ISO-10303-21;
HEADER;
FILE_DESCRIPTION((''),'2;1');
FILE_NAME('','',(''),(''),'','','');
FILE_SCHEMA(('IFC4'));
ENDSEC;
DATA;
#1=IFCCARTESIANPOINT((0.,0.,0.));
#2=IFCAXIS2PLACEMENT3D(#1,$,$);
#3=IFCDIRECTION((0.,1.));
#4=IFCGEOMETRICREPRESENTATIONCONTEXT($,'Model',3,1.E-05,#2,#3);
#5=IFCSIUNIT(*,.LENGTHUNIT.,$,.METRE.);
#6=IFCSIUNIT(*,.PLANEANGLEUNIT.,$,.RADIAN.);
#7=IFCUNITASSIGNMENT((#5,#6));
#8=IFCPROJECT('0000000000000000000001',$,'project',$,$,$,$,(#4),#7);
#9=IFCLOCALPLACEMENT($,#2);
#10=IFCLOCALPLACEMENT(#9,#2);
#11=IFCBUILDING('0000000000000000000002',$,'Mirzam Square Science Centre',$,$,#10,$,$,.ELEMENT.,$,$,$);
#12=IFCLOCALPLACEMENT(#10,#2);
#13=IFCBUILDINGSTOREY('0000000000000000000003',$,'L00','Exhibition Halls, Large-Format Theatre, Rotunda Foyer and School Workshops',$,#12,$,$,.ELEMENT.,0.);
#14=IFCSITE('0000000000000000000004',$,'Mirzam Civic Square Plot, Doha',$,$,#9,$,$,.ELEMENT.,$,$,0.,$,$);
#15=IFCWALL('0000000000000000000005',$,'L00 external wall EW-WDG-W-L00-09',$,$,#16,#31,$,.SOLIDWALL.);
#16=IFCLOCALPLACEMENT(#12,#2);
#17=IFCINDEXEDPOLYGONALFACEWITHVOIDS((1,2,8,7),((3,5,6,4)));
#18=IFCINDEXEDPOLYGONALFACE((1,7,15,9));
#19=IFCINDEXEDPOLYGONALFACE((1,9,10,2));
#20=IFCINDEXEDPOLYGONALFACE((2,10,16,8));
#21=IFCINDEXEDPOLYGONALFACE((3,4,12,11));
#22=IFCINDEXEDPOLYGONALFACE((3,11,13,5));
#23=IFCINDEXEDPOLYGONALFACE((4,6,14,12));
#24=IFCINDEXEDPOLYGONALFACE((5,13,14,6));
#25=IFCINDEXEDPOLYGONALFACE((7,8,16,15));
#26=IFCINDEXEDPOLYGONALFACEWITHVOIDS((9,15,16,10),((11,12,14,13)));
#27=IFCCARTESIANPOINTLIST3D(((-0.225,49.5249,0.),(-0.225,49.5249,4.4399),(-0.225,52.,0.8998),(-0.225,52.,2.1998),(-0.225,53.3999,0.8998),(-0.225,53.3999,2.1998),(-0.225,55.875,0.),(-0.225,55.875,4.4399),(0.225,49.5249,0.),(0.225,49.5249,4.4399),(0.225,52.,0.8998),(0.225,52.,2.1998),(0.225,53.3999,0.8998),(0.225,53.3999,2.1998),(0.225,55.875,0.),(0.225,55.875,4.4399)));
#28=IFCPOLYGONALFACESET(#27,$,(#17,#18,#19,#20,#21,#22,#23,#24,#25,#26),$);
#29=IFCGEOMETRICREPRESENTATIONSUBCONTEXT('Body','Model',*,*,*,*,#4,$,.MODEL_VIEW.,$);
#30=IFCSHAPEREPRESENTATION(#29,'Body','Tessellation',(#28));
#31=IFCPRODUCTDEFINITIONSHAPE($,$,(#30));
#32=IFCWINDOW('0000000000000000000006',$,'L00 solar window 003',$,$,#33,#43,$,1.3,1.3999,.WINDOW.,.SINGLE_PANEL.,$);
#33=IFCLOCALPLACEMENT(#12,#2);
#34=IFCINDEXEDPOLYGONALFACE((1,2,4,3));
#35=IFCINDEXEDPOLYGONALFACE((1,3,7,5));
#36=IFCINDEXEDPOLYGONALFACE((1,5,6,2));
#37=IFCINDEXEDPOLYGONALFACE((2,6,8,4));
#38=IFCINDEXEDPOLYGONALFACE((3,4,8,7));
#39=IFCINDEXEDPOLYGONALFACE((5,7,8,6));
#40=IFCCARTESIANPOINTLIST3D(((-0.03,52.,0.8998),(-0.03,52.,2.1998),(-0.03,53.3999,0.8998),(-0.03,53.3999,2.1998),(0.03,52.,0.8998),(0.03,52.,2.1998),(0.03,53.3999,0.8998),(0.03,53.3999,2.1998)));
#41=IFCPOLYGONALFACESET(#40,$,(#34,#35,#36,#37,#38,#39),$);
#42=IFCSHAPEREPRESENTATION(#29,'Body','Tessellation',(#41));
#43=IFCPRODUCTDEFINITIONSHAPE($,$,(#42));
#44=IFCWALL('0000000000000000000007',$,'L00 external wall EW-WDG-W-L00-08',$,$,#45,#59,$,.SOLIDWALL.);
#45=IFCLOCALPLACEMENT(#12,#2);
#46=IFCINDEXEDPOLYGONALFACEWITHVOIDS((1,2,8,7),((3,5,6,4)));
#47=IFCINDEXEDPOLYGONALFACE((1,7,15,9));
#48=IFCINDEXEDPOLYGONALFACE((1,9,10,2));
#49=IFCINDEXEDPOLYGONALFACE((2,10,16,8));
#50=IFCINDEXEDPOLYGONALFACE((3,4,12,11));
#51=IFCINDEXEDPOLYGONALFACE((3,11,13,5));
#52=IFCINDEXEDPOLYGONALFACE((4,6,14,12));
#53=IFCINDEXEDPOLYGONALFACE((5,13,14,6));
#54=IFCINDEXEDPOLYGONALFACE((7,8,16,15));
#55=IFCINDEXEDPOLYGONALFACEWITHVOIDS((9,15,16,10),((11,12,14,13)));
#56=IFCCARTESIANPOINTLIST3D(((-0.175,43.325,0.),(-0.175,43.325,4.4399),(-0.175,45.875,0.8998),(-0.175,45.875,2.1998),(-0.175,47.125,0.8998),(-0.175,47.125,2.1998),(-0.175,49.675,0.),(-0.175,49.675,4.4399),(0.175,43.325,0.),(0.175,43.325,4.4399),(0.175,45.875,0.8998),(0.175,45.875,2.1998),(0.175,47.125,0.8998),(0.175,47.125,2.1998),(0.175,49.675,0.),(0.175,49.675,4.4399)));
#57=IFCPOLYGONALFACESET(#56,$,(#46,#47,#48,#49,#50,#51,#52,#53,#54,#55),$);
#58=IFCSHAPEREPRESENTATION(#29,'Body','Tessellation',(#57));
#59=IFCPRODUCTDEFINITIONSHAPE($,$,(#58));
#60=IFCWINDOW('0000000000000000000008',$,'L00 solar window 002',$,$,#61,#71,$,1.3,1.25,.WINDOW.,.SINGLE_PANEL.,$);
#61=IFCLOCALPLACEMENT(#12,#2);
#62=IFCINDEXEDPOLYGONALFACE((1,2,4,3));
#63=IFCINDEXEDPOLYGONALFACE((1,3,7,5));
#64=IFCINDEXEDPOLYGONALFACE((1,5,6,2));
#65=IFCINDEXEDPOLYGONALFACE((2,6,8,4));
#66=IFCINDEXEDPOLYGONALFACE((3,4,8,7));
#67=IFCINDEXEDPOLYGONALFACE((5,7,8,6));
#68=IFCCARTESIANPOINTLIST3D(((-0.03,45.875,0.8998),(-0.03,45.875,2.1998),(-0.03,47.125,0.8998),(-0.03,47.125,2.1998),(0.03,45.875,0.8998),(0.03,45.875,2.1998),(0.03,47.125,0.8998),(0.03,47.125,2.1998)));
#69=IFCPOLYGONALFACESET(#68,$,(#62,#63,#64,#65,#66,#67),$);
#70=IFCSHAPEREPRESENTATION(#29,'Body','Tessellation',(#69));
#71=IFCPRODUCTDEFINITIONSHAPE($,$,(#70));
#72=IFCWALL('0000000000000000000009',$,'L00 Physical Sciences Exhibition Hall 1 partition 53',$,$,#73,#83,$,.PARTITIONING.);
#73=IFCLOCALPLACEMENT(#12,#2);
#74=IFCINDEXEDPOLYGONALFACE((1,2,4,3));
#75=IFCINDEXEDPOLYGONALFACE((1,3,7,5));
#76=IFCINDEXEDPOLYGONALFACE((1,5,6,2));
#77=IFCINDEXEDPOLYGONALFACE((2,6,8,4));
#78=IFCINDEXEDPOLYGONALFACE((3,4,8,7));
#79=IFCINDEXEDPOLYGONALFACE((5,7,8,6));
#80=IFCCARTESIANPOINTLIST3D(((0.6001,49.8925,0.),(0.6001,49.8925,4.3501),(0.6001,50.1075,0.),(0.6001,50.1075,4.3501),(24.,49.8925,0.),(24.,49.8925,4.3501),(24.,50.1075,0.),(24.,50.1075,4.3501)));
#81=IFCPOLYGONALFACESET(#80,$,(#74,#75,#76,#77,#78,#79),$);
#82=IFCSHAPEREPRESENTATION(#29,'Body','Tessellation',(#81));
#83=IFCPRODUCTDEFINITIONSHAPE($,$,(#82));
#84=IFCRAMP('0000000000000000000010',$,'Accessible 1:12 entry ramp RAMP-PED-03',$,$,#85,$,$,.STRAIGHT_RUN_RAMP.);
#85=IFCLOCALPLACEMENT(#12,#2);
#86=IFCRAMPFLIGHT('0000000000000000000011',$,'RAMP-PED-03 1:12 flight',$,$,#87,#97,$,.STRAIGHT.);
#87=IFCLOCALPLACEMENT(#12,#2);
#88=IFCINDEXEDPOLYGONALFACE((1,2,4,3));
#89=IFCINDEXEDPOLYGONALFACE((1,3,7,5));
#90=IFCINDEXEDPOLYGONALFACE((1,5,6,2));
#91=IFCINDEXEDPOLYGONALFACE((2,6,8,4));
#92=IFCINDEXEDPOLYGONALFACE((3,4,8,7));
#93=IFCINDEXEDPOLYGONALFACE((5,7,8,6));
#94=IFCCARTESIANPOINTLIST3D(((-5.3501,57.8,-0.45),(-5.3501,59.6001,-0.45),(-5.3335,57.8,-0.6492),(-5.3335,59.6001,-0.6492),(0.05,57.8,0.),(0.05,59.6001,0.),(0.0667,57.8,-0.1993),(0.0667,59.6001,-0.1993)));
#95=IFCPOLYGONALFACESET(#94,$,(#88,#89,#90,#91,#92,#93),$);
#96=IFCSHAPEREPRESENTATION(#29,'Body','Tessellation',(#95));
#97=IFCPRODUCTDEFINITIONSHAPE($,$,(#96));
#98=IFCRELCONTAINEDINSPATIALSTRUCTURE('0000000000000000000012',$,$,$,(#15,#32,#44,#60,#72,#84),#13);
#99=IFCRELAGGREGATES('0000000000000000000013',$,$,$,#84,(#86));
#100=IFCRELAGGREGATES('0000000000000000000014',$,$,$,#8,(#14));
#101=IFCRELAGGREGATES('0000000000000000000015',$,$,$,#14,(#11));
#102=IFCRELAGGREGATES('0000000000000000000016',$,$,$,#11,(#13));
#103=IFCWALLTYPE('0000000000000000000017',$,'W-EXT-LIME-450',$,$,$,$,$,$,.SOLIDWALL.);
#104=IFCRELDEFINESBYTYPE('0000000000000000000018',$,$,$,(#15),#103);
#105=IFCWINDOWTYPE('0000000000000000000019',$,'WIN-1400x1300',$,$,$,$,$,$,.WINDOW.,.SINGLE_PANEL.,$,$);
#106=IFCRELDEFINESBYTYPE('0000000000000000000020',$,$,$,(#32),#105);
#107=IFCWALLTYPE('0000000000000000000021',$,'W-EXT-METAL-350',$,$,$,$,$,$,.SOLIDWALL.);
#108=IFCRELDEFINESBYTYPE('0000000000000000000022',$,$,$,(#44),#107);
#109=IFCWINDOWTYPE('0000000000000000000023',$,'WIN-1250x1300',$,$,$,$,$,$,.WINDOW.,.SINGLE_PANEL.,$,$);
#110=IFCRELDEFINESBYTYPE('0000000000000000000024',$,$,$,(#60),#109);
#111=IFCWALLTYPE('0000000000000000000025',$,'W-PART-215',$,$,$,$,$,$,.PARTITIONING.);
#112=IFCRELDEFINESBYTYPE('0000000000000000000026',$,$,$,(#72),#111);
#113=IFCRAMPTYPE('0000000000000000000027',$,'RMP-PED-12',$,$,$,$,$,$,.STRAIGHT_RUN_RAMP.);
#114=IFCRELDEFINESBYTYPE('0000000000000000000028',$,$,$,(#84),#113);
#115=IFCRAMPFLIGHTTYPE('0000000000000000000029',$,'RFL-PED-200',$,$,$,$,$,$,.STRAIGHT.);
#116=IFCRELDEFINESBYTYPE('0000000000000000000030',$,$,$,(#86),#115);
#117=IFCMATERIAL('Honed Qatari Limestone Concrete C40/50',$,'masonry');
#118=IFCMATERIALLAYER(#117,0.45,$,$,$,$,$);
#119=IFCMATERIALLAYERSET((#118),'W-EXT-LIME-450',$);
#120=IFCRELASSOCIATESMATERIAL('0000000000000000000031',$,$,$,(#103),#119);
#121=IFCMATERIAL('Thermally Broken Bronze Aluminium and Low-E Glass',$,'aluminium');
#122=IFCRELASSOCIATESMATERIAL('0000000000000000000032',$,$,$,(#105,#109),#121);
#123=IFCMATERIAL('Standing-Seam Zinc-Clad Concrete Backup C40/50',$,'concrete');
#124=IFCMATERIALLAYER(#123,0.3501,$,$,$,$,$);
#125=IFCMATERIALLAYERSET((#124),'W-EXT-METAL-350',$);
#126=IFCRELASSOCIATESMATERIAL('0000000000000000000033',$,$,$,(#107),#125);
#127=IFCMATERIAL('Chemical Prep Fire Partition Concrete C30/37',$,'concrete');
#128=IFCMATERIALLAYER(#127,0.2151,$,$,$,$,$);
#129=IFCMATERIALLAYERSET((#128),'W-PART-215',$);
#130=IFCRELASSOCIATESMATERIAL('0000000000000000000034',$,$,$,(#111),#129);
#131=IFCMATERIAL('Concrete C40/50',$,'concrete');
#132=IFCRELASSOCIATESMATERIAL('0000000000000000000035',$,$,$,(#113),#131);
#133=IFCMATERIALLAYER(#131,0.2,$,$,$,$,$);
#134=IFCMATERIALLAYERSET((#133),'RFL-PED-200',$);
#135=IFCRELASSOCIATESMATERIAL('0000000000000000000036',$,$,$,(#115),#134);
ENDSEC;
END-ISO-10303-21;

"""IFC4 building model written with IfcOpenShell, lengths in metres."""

from ifc_helpers import new_model, si_unit, direction, frame, frame_2d, origin, place, context, subcontext, project, spatial, polyline, rectangle, outline, extrude, material, layer, layer_set, type_object, element, fill, aggregate, save


model = new_model("IFC4")

# Units and contexts
model_context = context("Model", 3, precision=1e-05, world=origin(), true_north=direction((0.0, 1.0)))
body_context = subcontext(model_context, "Body", "Model", "MODEL_VIEW")
ifc_project = project(units=[si_unit("LENGTHUNIT", "METRE"), si_unit("PLANEANGLEUNIT", "RADIAN")], contexts=[model_context])

# Site, building, storey
site_placement = place(None, origin())
site = spatial("IfcSite", under=ifc_project, at=site_placement, Name="Mirzam Civic Square Plot, Doha", CompositionType="ELEMENT", RefElevation=0.0)
building_placement = place(site_placement, origin())
building = spatial("IfcBuilding", under=site, at=building_placement, Name="Mirzam Square Science Centre", CompositionType="ELEMENT")
storey_placement = place(building_placement, origin())
storey = spatial("IfcBuildingStorey", under=building, at=storey_placement, Name="L00", Description="Exhibition Halls, Large-Format Theatre, Rotunda Foyer and School Workshops", CompositionType="ELEMENT", Elevation=0.0)

# Walls, openings, windows
ifc_material_1 = material(Name="Honed Qatari Limestone Concrete C40/50", Category="masonry")
ifc_layer_1 = layer(ifc_material_1, 0.45)
ifc_layer_set_1 = layer_set([ifc_layer_1], Name="W-EXT-LIME-450")
wall_type_1 = type_object("IfcWallType", Name="W-EXT-LIME-450", PredefinedType="SOLIDWALL", material=ifc_layer_set_1)
wall_1_placement = place(storey_placement, frame((0.0, 55.875, 0.0), z_axis=(0.0, 0.0, 1.0), x_axis=(0.0, -1.0, 0.0)))
wall_1 = element("IfcWall", 1, at=wall_1_placement, inside=storey, type_object=wall_type_1, Name="L00 external wall EW-WDG-W-L00-09", PredefinedType="SOLIDWALL", context=body_context, shape_type="SweptSolid", body=[
    extrude(rectangle(XDim=6.3501, YDim=0.45, at=frame_2d((3.175, 0.0))), origin(), (0.0, 0.0, 1.0), 4.4399),
])
opening_1_placement = place(wall_1_placement, frame((2.4751, 0.0, 0.8999)))
opening_1 = element("IfcOpeningElement", 2, at=opening_1_placement, cuts=wall_1, PredefinedType="OPENING", context=body_context, shape_type="SweptSolid", body=[
    extrude(rectangle(XDim=1.3999, YDim=1.3, at=frame_2d((0.7, 0.6499))), frame((0.0, 0.2349, 0.0), z_axis=(0.0, -1.0, 0.0), x_axis=(1.0, 0.0, 0.0)), (0.0, 0.0, 1.0), 0.47),
])
ifc_material_2 = material(Name="Thermally Broken Bronze Aluminium and Low-E Glass", Category="aluminium")
window_type_1 = type_object("IfcWindowType", Name="WIN-1400x1300", PartitioningType="SINGLE_PANEL", PredefinedType="WINDOW", material=ifc_material_2)
window_1_placement = place(opening_1_placement, origin())
window_1 = element("IfcWindow", 3, at=window_1_placement, inside=storey, type_object=window_type_1, Name="L00 solar window 003", OverallHeight=1.3, OverallWidth=1.3999, PartitioningType="SINGLE_PANEL", PredefinedType="WINDOW", context=body_context, shape_type="SweptSolid", body=[
    extrude(rectangle(XDim=1.3999, YDim=1.3, at=frame_2d((0.7, 0.6499))), frame((0.0, 0.03, 0.0), z_axis=(0.0, -1.0, 0.0), x_axis=(1.0, 0.0, 0.0)), (0.0, 0.0, 1.0), 0.0601),
])
fill(opening_1, window_1)
ifc_material_3 = material(Name="Standing-Seam Zinc-Clad Concrete Backup C40/50", Category="concrete")
ifc_layer_2 = layer(ifc_material_3, 0.3501)
ifc_layer_set_2 = layer_set([ifc_layer_2], Name="W-EXT-METAL-350")
wall_type_2 = type_object("IfcWallType", Name="W-EXT-METAL-350", PredefinedType="SOLIDWALL", material=ifc_layer_set_2)
wall_2_placement = place(storey_placement, frame((0.0, 49.675, 0.0), z_axis=(0.0, 0.0, 1.0), x_axis=(0.0, -1.0, 0.0)))
wall_2 = element("IfcWall", 4, at=wall_2_placement, inside=storey, type_object=wall_type_2, Name="L00 external wall EW-WDG-W-L00-08", PredefinedType="SOLIDWALL", context=body_context, shape_type="SweptSolid", body=[
    extrude(rectangle(XDim=6.3501, YDim=0.3501, at=frame_2d((3.175, 0.0))), origin(), (0.0, 0.0, 1.0), 4.4399),
])
opening_2_placement = place(wall_2_placement, frame((2.55, 0.0, 0.8999)))
opening_2 = element("IfcOpeningElement", 5, at=opening_2_placement, cuts=wall_2, PredefinedType="OPENING", context=body_context, shape_type="SweptSolid", body=[
    extrude(rectangle(XDim=1.25, YDim=1.3, at=frame_2d((0.625, 0.6499))), frame((0.0, 0.1851, 0.0), z_axis=(0.0, -1.0, 0.0), x_axis=(1.0, 0.0, 0.0)), (0.0, 0.0, 1.0), 0.3701),
])
window_type_2 = type_object("IfcWindowType", Name="WIN-1250x1300", PartitioningType="SINGLE_PANEL", PredefinedType="WINDOW", material=ifc_material_2)
window_2_placement = place(opening_2_placement, origin())
window_2 = element("IfcWindow", 6, at=window_2_placement, inside=storey, type_object=window_type_2, Name="L00 solar window 002", OverallHeight=1.3, OverallWidth=1.25, PartitioningType="SINGLE_PANEL", PredefinedType="WINDOW", context=body_context, shape_type="SweptSolid", body=[
    extrude(rectangle(XDim=1.25, YDim=1.3, at=frame_2d((0.625, 0.6499))), frame((0.0, 0.03, 0.0), z_axis=(0.0, -1.0, 0.0), x_axis=(1.0, 0.0, 0.0)), (0.0, 0.0, 1.0), 0.0601),
])
fill(opening_2, window_2)

# Wall
ifc_material_4 = material(Name="Chemical Prep Fire Partition Concrete C30/37", Category="concrete")
ifc_layer_3 = layer(ifc_material_4, 0.2151)
ifc_layer_set_3 = layer_set([ifc_layer_3], Name="W-PART-215")
wall_type_3 = type_object("IfcWallType", Name="W-PART-215", PredefinedType="PARTITIONING", material=ifc_layer_set_3)
wall_3_placement = place(storey_placement, frame((0.6001, 50.0, 0.0), z_axis=(0.0, 0.0, 1.0), x_axis=(1.0, 0.0, 0.0)))
element("IfcWall", 7, at=wall_3_placement, inside=storey, type_object=wall_type_3, Name="L00 Physical Sciences Exhibition Hall 1 partition 53", PredefinedType="PARTITIONING", context=body_context, shape_type="SweptSolid", body=[
    extrude(rectangle(XDim=23.3999, YDim=0.2151, at=frame_2d((11.7, 0.0))), origin(), (0.0, 0.0, 1.0), 4.3501),
])

# Ramp, ramp flight
ifc_material_5 = material(Name="Concrete C40/50", Category="concrete")
ramp_type = type_object("IfcRampType", Name="RMP-PED-12", PredefinedType="STRAIGHT_RUN_RAMP", material=ifc_material_5)
ramp_placement = place(storey_placement, origin())
ramp = element("IfcRamp", 8, at=ramp_placement, inside=storey, type_object=ramp_type, Name="Accessible 1:12 entry ramp RAMP-PED-03", PredefinedType="STRAIGHT_RUN_RAMP")
ifc_layer_4 = layer(ifc_material_5, 0.2)
ifc_layer_set_4 = layer_set([ifc_layer_4], Name="RFL-PED-200")
ramp_flight_type = type_object("IfcRampFlightType", Name="RFL-PED-200", PredefinedType="STRAIGHT", material=ifc_layer_set_4)
ramp_flight_placement = place(storey_placement, frame((-5.3501, 57.8, -0.45), z_axis=(-0.083034, 0.0, 0.996547), x_axis=(0.996547, 0.0, 0.083034)))
ramp_flight = element("IfcRampFlight", 9, at=ramp_flight_placement, type_object=ramp_flight_type, Name="RAMP-PED-03 1:12 flight", PredefinedType="STRAIGHT", context=body_context, shape_type="SweptSolid", body=[
    extrude(outline(polyline([(0.0, 0.0), (5.4189, 0.0), (5.4189, 1.8), (0.0, 1.8), (0.0, 0.0)])), origin(), (0.0, 0.0, -1.0), 0.2),
])
aggregate(ramp, [ramp_flight])

save(model, "model.ifc")
